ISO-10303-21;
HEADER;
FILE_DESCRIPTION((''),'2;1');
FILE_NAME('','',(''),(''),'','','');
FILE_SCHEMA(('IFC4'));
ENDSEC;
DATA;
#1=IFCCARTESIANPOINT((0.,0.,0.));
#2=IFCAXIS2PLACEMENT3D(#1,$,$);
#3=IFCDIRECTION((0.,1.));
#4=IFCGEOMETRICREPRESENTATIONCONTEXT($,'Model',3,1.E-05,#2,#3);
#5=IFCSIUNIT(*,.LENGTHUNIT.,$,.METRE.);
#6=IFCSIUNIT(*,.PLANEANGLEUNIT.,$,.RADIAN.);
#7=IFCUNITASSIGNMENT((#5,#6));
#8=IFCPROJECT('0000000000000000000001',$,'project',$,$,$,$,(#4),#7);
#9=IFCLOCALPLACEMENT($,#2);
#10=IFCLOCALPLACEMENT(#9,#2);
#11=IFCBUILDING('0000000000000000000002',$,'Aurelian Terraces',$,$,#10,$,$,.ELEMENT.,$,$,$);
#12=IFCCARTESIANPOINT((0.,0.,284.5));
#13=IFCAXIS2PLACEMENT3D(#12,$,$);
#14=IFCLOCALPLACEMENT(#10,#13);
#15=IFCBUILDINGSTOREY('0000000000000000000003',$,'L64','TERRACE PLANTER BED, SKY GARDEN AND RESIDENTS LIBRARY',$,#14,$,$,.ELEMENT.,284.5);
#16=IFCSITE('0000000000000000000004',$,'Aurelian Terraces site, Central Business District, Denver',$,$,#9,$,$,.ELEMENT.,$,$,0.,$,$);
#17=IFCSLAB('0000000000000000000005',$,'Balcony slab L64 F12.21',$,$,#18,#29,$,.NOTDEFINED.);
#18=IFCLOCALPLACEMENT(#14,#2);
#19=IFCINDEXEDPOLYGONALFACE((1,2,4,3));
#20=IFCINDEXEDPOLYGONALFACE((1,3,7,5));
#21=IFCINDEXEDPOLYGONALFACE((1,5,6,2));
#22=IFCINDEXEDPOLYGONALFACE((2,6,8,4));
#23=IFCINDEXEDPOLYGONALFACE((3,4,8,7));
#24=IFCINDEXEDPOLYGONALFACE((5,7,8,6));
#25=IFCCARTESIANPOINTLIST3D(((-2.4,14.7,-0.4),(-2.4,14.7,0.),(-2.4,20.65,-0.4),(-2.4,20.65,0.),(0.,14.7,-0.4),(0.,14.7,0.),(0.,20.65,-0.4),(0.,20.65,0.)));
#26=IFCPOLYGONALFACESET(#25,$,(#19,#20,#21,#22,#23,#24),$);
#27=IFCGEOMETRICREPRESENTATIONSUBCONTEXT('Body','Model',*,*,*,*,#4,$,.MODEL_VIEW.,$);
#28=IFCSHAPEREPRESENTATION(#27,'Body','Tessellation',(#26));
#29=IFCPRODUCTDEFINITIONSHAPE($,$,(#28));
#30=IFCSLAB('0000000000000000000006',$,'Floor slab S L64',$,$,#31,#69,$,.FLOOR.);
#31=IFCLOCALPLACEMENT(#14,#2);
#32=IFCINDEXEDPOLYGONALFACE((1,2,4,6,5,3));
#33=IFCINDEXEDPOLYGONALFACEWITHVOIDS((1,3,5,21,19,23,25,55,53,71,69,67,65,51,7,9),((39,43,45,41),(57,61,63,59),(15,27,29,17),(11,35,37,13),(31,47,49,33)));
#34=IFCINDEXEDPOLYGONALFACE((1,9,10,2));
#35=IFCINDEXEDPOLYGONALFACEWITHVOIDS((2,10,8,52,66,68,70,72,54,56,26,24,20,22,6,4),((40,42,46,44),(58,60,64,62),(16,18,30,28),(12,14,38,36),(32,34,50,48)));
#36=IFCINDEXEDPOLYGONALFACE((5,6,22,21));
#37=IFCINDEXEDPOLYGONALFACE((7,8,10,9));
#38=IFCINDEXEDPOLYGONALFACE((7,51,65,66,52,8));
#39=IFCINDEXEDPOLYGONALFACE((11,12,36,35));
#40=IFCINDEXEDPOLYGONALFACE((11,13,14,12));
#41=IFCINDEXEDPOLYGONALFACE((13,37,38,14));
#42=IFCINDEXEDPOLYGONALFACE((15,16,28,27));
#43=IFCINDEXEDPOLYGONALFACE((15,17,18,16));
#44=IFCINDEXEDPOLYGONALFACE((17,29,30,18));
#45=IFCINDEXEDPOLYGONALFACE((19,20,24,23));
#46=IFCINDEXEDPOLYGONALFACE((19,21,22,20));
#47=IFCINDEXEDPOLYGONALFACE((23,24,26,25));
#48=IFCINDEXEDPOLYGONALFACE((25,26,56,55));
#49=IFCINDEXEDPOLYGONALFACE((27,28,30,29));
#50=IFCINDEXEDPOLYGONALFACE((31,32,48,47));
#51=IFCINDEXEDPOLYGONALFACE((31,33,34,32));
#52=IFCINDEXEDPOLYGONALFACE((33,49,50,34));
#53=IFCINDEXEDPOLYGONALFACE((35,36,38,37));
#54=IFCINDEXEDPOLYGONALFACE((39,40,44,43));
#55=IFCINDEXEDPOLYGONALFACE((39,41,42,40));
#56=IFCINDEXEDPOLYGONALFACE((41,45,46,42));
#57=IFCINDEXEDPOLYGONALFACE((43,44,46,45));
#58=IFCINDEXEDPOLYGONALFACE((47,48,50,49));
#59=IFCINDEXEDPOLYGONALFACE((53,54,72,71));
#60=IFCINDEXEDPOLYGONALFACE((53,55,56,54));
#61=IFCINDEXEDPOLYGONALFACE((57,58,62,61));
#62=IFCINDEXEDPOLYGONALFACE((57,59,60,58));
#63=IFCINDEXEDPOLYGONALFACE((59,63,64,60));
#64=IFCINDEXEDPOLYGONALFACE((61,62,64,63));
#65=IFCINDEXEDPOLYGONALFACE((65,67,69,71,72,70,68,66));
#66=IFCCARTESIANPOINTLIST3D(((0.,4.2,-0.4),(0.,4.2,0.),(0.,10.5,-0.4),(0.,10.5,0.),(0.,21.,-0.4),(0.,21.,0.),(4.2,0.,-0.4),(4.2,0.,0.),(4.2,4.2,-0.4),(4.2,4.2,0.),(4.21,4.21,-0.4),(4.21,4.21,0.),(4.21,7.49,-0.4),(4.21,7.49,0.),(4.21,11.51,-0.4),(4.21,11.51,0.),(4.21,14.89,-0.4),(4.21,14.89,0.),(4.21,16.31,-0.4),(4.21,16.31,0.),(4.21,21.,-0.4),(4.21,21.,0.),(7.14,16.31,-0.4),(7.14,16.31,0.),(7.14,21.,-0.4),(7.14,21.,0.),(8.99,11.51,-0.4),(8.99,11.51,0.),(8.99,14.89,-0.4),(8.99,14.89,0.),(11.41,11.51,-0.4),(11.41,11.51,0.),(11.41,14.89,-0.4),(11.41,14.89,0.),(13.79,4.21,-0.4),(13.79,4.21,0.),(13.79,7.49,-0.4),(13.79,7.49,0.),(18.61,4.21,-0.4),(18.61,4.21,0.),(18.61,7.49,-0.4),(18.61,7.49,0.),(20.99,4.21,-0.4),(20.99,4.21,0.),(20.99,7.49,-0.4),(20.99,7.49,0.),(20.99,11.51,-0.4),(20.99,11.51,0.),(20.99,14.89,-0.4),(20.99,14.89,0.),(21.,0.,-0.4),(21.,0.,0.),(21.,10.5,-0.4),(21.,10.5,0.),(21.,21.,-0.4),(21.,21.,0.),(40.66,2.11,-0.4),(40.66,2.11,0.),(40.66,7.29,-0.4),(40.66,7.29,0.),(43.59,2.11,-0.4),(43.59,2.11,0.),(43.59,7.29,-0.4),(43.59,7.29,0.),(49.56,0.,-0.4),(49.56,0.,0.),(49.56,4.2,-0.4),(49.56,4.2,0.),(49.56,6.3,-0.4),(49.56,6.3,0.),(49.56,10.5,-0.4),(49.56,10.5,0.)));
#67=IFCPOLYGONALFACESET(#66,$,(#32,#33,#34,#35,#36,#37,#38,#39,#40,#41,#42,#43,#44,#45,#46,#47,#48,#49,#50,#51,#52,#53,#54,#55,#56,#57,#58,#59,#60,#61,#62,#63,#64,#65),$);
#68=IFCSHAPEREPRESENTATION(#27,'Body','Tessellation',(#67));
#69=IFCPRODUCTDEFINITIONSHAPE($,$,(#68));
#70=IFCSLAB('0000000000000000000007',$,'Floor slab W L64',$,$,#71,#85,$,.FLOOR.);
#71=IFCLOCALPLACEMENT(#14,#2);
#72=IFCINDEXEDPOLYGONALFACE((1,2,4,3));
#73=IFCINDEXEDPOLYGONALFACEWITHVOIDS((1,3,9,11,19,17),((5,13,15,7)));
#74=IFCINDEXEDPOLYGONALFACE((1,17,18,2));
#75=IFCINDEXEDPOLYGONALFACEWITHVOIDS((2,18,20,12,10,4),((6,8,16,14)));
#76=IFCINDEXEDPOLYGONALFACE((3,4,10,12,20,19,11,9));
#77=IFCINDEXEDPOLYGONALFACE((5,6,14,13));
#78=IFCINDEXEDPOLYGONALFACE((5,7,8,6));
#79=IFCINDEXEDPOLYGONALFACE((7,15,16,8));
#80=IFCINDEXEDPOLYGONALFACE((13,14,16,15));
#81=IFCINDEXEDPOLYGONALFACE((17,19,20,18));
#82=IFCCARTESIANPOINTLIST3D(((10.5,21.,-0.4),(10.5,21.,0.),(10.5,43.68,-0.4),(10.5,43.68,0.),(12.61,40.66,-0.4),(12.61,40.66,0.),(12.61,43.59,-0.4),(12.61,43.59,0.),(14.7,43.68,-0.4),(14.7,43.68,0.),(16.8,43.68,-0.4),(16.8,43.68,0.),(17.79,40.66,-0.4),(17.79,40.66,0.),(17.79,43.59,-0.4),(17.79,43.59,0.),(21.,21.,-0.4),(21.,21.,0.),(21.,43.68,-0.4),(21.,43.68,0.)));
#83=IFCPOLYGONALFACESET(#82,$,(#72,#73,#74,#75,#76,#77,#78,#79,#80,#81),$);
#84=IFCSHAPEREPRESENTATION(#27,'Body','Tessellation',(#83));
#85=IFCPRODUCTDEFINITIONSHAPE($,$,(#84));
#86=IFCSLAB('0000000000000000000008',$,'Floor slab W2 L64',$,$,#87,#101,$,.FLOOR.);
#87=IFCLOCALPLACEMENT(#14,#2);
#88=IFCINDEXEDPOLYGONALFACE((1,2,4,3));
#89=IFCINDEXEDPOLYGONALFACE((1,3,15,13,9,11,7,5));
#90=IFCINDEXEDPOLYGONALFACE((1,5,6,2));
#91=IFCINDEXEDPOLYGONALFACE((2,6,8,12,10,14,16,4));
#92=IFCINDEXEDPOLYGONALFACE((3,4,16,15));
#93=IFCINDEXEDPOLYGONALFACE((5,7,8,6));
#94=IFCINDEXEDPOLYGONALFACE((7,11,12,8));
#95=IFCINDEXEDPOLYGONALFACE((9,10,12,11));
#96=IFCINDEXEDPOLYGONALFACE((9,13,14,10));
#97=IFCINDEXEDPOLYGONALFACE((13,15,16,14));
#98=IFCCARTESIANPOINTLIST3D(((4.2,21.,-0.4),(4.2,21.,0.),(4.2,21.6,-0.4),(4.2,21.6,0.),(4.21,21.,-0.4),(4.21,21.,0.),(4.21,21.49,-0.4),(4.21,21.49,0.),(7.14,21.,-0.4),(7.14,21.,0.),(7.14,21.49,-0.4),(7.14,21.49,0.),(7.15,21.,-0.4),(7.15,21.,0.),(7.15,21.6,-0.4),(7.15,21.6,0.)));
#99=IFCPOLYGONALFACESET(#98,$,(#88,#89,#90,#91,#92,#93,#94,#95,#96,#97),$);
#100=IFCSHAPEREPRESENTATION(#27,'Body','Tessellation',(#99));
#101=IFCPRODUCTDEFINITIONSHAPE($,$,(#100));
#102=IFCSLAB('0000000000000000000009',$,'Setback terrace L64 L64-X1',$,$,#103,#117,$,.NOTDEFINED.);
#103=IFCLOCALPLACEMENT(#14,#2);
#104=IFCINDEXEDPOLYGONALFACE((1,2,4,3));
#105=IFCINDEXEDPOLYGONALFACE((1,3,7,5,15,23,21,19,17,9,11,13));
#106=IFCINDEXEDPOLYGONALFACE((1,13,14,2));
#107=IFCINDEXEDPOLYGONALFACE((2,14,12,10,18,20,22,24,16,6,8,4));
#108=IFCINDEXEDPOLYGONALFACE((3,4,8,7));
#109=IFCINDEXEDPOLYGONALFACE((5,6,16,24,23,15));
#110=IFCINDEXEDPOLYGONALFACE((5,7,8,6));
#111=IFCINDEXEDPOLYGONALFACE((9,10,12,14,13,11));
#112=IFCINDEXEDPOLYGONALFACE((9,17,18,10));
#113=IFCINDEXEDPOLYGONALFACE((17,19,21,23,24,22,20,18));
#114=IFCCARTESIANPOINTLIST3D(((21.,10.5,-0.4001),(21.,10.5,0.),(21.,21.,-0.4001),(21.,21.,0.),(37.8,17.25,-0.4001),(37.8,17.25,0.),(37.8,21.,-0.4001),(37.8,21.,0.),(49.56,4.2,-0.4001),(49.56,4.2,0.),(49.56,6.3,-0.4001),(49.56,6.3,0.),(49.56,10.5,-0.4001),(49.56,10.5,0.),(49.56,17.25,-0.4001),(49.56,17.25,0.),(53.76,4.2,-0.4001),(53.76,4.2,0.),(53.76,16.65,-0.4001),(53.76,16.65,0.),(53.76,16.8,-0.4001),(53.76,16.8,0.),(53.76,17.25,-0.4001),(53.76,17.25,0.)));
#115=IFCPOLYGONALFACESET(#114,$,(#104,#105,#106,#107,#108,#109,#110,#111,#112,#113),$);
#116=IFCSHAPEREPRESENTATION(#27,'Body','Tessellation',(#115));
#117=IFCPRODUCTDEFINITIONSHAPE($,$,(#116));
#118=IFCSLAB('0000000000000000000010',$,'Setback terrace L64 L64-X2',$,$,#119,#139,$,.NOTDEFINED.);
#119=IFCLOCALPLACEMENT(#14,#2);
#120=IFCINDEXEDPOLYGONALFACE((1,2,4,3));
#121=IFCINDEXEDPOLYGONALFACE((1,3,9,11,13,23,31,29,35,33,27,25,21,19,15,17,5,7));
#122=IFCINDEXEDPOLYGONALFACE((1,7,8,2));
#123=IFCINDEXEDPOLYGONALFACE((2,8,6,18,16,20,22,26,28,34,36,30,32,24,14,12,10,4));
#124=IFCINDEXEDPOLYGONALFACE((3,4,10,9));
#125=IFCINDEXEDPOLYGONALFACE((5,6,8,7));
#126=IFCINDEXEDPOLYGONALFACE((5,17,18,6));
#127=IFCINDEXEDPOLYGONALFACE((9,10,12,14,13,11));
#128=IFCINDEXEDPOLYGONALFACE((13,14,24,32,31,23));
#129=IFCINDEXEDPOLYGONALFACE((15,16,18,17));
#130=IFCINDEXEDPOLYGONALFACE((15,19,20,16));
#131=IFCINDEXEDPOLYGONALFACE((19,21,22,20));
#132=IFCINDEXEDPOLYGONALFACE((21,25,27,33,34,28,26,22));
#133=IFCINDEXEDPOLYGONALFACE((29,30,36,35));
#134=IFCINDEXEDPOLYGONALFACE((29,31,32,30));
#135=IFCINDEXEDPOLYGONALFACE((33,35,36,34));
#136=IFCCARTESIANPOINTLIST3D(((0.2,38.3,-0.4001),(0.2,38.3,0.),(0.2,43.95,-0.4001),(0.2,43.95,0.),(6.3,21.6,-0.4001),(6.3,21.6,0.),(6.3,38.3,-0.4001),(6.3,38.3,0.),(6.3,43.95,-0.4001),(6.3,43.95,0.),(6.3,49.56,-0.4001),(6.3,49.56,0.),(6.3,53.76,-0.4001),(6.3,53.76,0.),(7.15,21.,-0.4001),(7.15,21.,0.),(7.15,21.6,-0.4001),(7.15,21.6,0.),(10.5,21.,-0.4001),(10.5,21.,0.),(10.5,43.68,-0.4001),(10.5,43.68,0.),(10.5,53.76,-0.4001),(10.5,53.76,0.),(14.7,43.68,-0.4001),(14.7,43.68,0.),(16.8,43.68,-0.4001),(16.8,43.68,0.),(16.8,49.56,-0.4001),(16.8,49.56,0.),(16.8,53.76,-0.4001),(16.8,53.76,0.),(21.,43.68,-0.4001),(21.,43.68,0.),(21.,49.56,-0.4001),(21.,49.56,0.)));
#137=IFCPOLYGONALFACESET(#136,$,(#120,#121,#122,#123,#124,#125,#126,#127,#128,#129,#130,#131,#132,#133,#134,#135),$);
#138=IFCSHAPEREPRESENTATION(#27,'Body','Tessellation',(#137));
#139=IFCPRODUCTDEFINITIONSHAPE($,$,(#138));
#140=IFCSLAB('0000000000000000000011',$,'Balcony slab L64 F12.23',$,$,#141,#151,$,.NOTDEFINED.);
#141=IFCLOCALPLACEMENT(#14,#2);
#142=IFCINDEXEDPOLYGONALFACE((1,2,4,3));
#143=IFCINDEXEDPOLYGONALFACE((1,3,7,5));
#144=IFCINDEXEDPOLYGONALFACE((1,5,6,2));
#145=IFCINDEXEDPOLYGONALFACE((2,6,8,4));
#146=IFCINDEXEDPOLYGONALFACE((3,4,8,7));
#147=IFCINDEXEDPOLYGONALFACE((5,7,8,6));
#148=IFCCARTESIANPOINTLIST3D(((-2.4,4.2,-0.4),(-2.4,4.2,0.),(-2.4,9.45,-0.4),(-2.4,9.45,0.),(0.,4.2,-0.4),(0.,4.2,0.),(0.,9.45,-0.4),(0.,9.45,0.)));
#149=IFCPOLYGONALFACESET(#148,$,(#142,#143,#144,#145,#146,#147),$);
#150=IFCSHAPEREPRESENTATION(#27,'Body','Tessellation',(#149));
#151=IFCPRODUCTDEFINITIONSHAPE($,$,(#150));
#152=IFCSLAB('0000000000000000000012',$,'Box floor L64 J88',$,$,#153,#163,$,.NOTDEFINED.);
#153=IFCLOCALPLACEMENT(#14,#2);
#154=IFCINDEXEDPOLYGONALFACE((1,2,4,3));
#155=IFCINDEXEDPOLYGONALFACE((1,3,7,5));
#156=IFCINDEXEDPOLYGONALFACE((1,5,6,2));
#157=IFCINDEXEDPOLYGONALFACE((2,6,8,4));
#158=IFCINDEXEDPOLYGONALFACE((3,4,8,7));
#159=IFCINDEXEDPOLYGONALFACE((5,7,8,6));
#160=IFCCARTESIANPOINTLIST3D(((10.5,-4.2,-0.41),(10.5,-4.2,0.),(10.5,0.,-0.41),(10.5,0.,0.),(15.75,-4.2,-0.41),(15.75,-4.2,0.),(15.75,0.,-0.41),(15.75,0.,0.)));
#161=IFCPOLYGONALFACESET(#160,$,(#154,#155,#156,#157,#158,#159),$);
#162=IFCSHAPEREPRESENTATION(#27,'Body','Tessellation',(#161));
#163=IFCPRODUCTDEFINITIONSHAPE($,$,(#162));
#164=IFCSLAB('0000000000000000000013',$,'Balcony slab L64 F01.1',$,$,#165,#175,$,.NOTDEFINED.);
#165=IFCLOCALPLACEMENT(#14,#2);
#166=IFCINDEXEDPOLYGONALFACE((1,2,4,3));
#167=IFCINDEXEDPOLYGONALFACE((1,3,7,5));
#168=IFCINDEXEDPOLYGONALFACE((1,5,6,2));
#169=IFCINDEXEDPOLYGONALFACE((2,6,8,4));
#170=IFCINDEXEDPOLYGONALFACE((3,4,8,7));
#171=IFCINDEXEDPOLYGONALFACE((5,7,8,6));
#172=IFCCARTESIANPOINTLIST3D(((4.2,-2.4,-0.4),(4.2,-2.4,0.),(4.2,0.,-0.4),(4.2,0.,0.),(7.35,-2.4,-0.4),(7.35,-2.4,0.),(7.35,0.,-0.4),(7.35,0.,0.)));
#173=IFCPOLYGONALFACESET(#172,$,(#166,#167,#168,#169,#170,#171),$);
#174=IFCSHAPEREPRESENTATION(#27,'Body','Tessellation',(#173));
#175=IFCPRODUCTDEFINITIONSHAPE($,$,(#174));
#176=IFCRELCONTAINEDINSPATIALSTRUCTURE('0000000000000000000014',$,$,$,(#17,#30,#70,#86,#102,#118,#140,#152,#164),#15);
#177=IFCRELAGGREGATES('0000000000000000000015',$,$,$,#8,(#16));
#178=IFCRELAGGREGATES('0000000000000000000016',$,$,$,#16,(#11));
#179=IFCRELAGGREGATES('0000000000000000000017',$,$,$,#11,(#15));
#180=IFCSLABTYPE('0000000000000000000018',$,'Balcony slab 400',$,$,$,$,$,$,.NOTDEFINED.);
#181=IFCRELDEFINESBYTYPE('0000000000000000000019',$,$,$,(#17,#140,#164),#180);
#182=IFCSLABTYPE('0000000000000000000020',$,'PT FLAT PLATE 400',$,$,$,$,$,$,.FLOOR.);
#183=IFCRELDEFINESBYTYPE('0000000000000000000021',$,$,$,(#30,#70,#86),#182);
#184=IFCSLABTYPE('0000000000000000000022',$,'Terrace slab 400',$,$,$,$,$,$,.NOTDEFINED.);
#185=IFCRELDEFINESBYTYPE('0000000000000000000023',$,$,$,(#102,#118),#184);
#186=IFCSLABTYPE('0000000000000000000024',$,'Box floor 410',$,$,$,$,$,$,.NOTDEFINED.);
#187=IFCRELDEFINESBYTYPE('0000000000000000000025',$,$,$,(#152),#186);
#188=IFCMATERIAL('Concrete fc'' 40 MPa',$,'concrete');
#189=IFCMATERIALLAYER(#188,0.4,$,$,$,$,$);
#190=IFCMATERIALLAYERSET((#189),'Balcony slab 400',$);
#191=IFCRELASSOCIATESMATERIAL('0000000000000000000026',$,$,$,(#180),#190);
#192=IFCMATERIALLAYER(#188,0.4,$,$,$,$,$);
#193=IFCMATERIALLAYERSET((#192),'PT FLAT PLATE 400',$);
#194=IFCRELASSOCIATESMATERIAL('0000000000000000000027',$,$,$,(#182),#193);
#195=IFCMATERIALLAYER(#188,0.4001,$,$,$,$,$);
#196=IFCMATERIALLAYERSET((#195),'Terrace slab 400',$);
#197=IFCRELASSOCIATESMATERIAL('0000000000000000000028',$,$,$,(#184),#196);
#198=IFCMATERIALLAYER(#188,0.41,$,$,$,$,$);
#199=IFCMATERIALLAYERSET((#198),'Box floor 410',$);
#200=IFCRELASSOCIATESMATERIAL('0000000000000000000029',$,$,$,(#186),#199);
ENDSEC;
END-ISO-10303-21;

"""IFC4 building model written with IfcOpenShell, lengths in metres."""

from ifc_helpers import new_model, si_unit, direction, frame, origin, place, context, subcontext, project, spatial, polyline, outline, extrude, source, transform, mapped, material, layer, layer_set, type_object, element, save


model = new_model("IFC4")

# Units and contexts
model_context = context("Model", 3, precision=1e-05, world=origin(), true_north=direction((0.0, 1.0)))
body_context = subcontext(model_context, "Body", "Model", "MODEL_VIEW")
ifc_project = project(units=[si_unit("LENGTHUNIT", "METRE"), si_unit("PLANEANGLEUNIT", "RADIAN")], contexts=[model_context])

# Site, building, storey
site_placement = place(None, origin())
site = spatial("IfcSite", under=ifc_project, at=site_placement, Name="Aurelian Terraces site, Central Business District, Denver", CompositionType="ELEMENT", RefElevation=0.0)
building_placement = place(site_placement, origin())
building = spatial("IfcBuilding", under=site, at=building_placement, Name="Aurelian Terraces", CompositionType="ELEMENT")
storey_placement = place(building_placement, frame((0.0, 0.0, 284.5)))
storey = spatial("IfcBuildingStorey", under=building, at=storey_placement, Name="L64", Description="TERRACE PLANTER BED, SKY GARDEN AND RESIDENTS LIBRARY", CompositionType="ELEMENT", Elevation=284.5)

# Slabs
ifc_material_1 = material(Name="Concrete fc' 40 MPa", Category="concrete")
ifc_layer_1 = layer(ifc_material_1, 0.4)
ifc_layer_set_1 = layer_set([ifc_layer_1], Name="Balcony slab 400")
slab_type_1 = type_object("IfcSlabType", Name="Balcony slab 400", PredefinedType="NOTDEFINED", material=ifc_layer_set_1)
slab_1_placement = place(storey_placement, frame((0.0, 0.0, -0.4)))
element("IfcSlab", 1, at=slab_1_placement, inside=storey, type_object=slab_type_1, Name="Balcony slab L64 F12.21", PredefinedType="NOTDEFINED", context=body_context, shape_type="SweptSolid", body=[
    extrude(outline(polyline([(0.0, 20.65), (0.0, 14.7), (-2.4, 14.7), (-2.4, 20.65), (0.0, 20.65)])), origin(), (0.0, 0.0, 1.0), 0.4),
])
ifc_layer_2 = layer(ifc_material_1, 0.4)
ifc_layer_set_2 = layer_set([ifc_layer_2], Name="PT FLAT PLATE 400")
slab_type_2 = type_object("IfcSlabType", Name="PT FLAT PLATE 400", PredefinedType="FLOOR", material=ifc_layer_set_2)
slab_2_placement = place(storey_placement, frame((0.0, 0.0, -0.4)))
element("IfcSlab", 2, at=slab_2_placement, inside=storey, type_object=slab_type_2, Name="Floor slab S L64", PredefinedType="FLOOR", context=body_context, shape_type="SweptSolid", body=[
    extrude(outline(polyline([(21.0, 0.0), (4.2, 0.0), (4.2, 4.2), (0.0, 4.2), (0.0, 10.5), (0.0, 21.0), (4.21, 21.0), (4.21, 16.31), (7.14, 16.31), (7.14, 21.0), (21.0, 21.0), (21.0, 10.5), (49.56, 10.5), (49.56, 6.3), (49.56, 4.2), (49.56, 0.0), (21.0, 0.0)]), holes=[polyline([(40.66, 2.11), (43.59, 2.11), (43.59, 7.29), (40.66, 7.29), (40.66, 2.11)]), polyline([(18.61, 7.49), (18.61, 4.21), (20.99, 4.21), (20.99, 7.49), (18.61, 7.49)]), polyline([(20.99, 14.89), (11.41, 14.89), (11.41, 11.51), (20.99, 11.51), (20.99, 14.89)]), polyline([(4.21, 7.49), (4.21, 4.21), (13.79, 4.21), (13.79, 7.49), (4.21, 7.49)]), polyline([(4.21, 14.89), (4.21, 11.51), (8.99, 11.51), (8.99, 14.89), (4.21, 14.89)])]), origin(), (0.0, 0.0, 1.0), 0.4),
])
slab_3_placement = place(storey_placement, frame((0.0, 0.0, -0.4)))
element("IfcSlab", 3, at=slab_3_placement, inside=storey, type_object=slab_type_2, Name="Floor slab W L64", PredefinedType="FLOOR", context=body_context, shape_type="SweptSolid", body=[
    extrude(outline(polyline([(10.5, 43.68), (14.7, 43.68), (16.8, 43.68), (21.0, 43.68), (21.0, 21.0), (10.5, 21.0), (10.5, 43.68)]), holes=[polyline([(17.79, 43.59), (12.61, 43.59), (12.61, 40.66), (17.79, 40.66), (17.79, 43.59)])]), origin(), (0.0, 0.0, 1.0), 0.4),
])
slab_4_placement = place(storey_placement, frame((0.0, 0.0, -0.4)))
element("IfcSlab", 4, at=slab_4_placement, inside=storey, type_object=slab_type_2, Name="Floor slab W2 L64", PredefinedType="FLOOR", context=body_context, shape_type="SweptSolid", body=[
    extrude(outline(polyline([(4.2, 21.0), (4.2, 21.6), (7.15, 21.6), (7.15, 21.0), (7.14, 21.0), (7.14, 21.49), (4.21, 21.49), (4.21, 21.0), (4.2, 21.0)])), origin(), (0.0, 0.0, 1.0), 0.4),
])
ifc_layer_3 = layer(ifc_material_1, 0.4001)
ifc_layer_set_3 = layer_set([ifc_layer_3], Name="Terrace slab 400")
slab_type_3 = type_object("IfcSlabType", Name="Terrace slab 400", PredefinedType="NOTDEFINED", material=ifc_layer_set_3)
slab_5_placement = place(storey_placement, frame((0.0, 0.0, -0.4001)))
element("IfcSlab", 5, at=slab_5_placement, inside=storey, type_object=slab_type_3, Name="Setback terrace L64 L64-X1", PredefinedType="NOTDEFINED", context=body_context, shape_type="SweptSolid", body=[
    extrude(outline(polyline([(49.56, 4.2), (49.56, 6.3), (49.56, 10.5), (21.0, 10.5), (21.0, 21.0), (37.8, 21.0), (37.8, 17.25), (49.56, 17.25), (53.76, 17.25), (53.76, 16.8), (53.76, 16.65), (53.76, 4.2), (49.56, 4.2)])), origin(), (0.0, 0.0, 1.0), 0.4001),
])
slab_6_placement = place(storey_placement, frame((0.0, 0.0, -0.4001)))
element("IfcSlab", 6, at=slab_6_placement, inside=storey, type_object=slab_type_3, Name="Setback terrace L64 L64-X2", PredefinedType="NOTDEFINED", context=body_context, shape_type="SweptSolid", body=[
    extrude(outline(polyline([(6.3, 38.3), (0.2, 38.3), (0.2, 43.95), (6.3, 43.95), (6.3, 49.56), (6.3, 53.76), (10.5, 53.76), (16.8, 53.76), (16.8, 49.56), (21.0, 49.56), (21.0, 43.68), (16.8, 43.68), (14.7, 43.68), (10.5, 43.68), (10.5, 21.0), (7.15, 21.0), (7.15, 21.6), (6.3, 21.6), (6.3, 38.3)])), origin(), (0.0, 0.0, 1.0), 0.4001),
])
shared_shape_1 = source(origin(), body_context, "Body", "SweptSolid", [
    extrude(outline(polyline([(0.0, 9.45), (0.0, 4.2), (-2.4, 4.2), (-2.4, 9.45), (0.0, 9.45)])), origin(), (0.0, 0.0, 1.0), 0.4),
])
slab_7_placement = place(storey_placement, frame((0.0, 0.0, -0.4)))
element("IfcSlab", 7, at=slab_7_placement, inside=storey, type_object=slab_type_1, Name="Balcony slab L64 F12.23", PredefinedType="NOTDEFINED", context=body_context, shape_type="MappedRepresentation", body=[
    mapped(shared_shape_1, transform((0.0, 0.0, 0.0), scale=1.0)),
])
ifc_layer_4 = layer(ifc_material_1, 0.41)
ifc_layer_set_4 = layer_set([ifc_layer_4], Name="Box floor 410")
slab_type_4 = type_object("IfcSlabType", Name="Box floor 410", PredefinedType="NOTDEFINED", material=ifc_layer_set_4)
shared_shape_2 = source(origin(), body_context, "Body", "SweptSolid", [
    extrude(outline(polyline([(10.5, -4.2), (15.75, -4.2), (15.75, 0.0), (10.5, 0.0), (10.5, -4.2)])), origin(), (0.0, 0.0, 1.0), 0.41),
])
slab_8_placement = place(storey_placement, frame((0.0, 0.0, -0.41)))
element("IfcSlab", 8, at=slab_8_placement, inside=storey, type_object=slab_type_4, Name="Box floor L64 J88", PredefinedType="NOTDEFINED", context=body_context, shape_type="MappedRepresentation", body=[
    mapped(shared_shape_2, transform((0.0, 0.0, 0.0), scale=1.0)),
])
shared_shape_3 = source(origin(), body_context, "Body", "SweptSolid", [
    extrude(outline(polyline([(4.2, 0.0), (7.35, 0.0), (7.35, -2.4), (4.2, -2.4), (4.2, 0.0)])), origin(), (0.0, 0.0, 1.0), 0.4),
])
slab_9_placement = place(storey_placement, frame((0.0, 0.0, -0.4)))
element("IfcSlab", 9, at=slab_9_placement, inside=storey, type_object=slab_type_1, Name="Balcony slab L64 F01.1", PredefinedType="NOTDEFINED", context=body_context, shape_type="MappedRepresentation", body=[
    mapped(shared_shape_3, transform((0.0, 0.0, 0.0), scale=1.0)),
])

save(model, "model.ifc")
